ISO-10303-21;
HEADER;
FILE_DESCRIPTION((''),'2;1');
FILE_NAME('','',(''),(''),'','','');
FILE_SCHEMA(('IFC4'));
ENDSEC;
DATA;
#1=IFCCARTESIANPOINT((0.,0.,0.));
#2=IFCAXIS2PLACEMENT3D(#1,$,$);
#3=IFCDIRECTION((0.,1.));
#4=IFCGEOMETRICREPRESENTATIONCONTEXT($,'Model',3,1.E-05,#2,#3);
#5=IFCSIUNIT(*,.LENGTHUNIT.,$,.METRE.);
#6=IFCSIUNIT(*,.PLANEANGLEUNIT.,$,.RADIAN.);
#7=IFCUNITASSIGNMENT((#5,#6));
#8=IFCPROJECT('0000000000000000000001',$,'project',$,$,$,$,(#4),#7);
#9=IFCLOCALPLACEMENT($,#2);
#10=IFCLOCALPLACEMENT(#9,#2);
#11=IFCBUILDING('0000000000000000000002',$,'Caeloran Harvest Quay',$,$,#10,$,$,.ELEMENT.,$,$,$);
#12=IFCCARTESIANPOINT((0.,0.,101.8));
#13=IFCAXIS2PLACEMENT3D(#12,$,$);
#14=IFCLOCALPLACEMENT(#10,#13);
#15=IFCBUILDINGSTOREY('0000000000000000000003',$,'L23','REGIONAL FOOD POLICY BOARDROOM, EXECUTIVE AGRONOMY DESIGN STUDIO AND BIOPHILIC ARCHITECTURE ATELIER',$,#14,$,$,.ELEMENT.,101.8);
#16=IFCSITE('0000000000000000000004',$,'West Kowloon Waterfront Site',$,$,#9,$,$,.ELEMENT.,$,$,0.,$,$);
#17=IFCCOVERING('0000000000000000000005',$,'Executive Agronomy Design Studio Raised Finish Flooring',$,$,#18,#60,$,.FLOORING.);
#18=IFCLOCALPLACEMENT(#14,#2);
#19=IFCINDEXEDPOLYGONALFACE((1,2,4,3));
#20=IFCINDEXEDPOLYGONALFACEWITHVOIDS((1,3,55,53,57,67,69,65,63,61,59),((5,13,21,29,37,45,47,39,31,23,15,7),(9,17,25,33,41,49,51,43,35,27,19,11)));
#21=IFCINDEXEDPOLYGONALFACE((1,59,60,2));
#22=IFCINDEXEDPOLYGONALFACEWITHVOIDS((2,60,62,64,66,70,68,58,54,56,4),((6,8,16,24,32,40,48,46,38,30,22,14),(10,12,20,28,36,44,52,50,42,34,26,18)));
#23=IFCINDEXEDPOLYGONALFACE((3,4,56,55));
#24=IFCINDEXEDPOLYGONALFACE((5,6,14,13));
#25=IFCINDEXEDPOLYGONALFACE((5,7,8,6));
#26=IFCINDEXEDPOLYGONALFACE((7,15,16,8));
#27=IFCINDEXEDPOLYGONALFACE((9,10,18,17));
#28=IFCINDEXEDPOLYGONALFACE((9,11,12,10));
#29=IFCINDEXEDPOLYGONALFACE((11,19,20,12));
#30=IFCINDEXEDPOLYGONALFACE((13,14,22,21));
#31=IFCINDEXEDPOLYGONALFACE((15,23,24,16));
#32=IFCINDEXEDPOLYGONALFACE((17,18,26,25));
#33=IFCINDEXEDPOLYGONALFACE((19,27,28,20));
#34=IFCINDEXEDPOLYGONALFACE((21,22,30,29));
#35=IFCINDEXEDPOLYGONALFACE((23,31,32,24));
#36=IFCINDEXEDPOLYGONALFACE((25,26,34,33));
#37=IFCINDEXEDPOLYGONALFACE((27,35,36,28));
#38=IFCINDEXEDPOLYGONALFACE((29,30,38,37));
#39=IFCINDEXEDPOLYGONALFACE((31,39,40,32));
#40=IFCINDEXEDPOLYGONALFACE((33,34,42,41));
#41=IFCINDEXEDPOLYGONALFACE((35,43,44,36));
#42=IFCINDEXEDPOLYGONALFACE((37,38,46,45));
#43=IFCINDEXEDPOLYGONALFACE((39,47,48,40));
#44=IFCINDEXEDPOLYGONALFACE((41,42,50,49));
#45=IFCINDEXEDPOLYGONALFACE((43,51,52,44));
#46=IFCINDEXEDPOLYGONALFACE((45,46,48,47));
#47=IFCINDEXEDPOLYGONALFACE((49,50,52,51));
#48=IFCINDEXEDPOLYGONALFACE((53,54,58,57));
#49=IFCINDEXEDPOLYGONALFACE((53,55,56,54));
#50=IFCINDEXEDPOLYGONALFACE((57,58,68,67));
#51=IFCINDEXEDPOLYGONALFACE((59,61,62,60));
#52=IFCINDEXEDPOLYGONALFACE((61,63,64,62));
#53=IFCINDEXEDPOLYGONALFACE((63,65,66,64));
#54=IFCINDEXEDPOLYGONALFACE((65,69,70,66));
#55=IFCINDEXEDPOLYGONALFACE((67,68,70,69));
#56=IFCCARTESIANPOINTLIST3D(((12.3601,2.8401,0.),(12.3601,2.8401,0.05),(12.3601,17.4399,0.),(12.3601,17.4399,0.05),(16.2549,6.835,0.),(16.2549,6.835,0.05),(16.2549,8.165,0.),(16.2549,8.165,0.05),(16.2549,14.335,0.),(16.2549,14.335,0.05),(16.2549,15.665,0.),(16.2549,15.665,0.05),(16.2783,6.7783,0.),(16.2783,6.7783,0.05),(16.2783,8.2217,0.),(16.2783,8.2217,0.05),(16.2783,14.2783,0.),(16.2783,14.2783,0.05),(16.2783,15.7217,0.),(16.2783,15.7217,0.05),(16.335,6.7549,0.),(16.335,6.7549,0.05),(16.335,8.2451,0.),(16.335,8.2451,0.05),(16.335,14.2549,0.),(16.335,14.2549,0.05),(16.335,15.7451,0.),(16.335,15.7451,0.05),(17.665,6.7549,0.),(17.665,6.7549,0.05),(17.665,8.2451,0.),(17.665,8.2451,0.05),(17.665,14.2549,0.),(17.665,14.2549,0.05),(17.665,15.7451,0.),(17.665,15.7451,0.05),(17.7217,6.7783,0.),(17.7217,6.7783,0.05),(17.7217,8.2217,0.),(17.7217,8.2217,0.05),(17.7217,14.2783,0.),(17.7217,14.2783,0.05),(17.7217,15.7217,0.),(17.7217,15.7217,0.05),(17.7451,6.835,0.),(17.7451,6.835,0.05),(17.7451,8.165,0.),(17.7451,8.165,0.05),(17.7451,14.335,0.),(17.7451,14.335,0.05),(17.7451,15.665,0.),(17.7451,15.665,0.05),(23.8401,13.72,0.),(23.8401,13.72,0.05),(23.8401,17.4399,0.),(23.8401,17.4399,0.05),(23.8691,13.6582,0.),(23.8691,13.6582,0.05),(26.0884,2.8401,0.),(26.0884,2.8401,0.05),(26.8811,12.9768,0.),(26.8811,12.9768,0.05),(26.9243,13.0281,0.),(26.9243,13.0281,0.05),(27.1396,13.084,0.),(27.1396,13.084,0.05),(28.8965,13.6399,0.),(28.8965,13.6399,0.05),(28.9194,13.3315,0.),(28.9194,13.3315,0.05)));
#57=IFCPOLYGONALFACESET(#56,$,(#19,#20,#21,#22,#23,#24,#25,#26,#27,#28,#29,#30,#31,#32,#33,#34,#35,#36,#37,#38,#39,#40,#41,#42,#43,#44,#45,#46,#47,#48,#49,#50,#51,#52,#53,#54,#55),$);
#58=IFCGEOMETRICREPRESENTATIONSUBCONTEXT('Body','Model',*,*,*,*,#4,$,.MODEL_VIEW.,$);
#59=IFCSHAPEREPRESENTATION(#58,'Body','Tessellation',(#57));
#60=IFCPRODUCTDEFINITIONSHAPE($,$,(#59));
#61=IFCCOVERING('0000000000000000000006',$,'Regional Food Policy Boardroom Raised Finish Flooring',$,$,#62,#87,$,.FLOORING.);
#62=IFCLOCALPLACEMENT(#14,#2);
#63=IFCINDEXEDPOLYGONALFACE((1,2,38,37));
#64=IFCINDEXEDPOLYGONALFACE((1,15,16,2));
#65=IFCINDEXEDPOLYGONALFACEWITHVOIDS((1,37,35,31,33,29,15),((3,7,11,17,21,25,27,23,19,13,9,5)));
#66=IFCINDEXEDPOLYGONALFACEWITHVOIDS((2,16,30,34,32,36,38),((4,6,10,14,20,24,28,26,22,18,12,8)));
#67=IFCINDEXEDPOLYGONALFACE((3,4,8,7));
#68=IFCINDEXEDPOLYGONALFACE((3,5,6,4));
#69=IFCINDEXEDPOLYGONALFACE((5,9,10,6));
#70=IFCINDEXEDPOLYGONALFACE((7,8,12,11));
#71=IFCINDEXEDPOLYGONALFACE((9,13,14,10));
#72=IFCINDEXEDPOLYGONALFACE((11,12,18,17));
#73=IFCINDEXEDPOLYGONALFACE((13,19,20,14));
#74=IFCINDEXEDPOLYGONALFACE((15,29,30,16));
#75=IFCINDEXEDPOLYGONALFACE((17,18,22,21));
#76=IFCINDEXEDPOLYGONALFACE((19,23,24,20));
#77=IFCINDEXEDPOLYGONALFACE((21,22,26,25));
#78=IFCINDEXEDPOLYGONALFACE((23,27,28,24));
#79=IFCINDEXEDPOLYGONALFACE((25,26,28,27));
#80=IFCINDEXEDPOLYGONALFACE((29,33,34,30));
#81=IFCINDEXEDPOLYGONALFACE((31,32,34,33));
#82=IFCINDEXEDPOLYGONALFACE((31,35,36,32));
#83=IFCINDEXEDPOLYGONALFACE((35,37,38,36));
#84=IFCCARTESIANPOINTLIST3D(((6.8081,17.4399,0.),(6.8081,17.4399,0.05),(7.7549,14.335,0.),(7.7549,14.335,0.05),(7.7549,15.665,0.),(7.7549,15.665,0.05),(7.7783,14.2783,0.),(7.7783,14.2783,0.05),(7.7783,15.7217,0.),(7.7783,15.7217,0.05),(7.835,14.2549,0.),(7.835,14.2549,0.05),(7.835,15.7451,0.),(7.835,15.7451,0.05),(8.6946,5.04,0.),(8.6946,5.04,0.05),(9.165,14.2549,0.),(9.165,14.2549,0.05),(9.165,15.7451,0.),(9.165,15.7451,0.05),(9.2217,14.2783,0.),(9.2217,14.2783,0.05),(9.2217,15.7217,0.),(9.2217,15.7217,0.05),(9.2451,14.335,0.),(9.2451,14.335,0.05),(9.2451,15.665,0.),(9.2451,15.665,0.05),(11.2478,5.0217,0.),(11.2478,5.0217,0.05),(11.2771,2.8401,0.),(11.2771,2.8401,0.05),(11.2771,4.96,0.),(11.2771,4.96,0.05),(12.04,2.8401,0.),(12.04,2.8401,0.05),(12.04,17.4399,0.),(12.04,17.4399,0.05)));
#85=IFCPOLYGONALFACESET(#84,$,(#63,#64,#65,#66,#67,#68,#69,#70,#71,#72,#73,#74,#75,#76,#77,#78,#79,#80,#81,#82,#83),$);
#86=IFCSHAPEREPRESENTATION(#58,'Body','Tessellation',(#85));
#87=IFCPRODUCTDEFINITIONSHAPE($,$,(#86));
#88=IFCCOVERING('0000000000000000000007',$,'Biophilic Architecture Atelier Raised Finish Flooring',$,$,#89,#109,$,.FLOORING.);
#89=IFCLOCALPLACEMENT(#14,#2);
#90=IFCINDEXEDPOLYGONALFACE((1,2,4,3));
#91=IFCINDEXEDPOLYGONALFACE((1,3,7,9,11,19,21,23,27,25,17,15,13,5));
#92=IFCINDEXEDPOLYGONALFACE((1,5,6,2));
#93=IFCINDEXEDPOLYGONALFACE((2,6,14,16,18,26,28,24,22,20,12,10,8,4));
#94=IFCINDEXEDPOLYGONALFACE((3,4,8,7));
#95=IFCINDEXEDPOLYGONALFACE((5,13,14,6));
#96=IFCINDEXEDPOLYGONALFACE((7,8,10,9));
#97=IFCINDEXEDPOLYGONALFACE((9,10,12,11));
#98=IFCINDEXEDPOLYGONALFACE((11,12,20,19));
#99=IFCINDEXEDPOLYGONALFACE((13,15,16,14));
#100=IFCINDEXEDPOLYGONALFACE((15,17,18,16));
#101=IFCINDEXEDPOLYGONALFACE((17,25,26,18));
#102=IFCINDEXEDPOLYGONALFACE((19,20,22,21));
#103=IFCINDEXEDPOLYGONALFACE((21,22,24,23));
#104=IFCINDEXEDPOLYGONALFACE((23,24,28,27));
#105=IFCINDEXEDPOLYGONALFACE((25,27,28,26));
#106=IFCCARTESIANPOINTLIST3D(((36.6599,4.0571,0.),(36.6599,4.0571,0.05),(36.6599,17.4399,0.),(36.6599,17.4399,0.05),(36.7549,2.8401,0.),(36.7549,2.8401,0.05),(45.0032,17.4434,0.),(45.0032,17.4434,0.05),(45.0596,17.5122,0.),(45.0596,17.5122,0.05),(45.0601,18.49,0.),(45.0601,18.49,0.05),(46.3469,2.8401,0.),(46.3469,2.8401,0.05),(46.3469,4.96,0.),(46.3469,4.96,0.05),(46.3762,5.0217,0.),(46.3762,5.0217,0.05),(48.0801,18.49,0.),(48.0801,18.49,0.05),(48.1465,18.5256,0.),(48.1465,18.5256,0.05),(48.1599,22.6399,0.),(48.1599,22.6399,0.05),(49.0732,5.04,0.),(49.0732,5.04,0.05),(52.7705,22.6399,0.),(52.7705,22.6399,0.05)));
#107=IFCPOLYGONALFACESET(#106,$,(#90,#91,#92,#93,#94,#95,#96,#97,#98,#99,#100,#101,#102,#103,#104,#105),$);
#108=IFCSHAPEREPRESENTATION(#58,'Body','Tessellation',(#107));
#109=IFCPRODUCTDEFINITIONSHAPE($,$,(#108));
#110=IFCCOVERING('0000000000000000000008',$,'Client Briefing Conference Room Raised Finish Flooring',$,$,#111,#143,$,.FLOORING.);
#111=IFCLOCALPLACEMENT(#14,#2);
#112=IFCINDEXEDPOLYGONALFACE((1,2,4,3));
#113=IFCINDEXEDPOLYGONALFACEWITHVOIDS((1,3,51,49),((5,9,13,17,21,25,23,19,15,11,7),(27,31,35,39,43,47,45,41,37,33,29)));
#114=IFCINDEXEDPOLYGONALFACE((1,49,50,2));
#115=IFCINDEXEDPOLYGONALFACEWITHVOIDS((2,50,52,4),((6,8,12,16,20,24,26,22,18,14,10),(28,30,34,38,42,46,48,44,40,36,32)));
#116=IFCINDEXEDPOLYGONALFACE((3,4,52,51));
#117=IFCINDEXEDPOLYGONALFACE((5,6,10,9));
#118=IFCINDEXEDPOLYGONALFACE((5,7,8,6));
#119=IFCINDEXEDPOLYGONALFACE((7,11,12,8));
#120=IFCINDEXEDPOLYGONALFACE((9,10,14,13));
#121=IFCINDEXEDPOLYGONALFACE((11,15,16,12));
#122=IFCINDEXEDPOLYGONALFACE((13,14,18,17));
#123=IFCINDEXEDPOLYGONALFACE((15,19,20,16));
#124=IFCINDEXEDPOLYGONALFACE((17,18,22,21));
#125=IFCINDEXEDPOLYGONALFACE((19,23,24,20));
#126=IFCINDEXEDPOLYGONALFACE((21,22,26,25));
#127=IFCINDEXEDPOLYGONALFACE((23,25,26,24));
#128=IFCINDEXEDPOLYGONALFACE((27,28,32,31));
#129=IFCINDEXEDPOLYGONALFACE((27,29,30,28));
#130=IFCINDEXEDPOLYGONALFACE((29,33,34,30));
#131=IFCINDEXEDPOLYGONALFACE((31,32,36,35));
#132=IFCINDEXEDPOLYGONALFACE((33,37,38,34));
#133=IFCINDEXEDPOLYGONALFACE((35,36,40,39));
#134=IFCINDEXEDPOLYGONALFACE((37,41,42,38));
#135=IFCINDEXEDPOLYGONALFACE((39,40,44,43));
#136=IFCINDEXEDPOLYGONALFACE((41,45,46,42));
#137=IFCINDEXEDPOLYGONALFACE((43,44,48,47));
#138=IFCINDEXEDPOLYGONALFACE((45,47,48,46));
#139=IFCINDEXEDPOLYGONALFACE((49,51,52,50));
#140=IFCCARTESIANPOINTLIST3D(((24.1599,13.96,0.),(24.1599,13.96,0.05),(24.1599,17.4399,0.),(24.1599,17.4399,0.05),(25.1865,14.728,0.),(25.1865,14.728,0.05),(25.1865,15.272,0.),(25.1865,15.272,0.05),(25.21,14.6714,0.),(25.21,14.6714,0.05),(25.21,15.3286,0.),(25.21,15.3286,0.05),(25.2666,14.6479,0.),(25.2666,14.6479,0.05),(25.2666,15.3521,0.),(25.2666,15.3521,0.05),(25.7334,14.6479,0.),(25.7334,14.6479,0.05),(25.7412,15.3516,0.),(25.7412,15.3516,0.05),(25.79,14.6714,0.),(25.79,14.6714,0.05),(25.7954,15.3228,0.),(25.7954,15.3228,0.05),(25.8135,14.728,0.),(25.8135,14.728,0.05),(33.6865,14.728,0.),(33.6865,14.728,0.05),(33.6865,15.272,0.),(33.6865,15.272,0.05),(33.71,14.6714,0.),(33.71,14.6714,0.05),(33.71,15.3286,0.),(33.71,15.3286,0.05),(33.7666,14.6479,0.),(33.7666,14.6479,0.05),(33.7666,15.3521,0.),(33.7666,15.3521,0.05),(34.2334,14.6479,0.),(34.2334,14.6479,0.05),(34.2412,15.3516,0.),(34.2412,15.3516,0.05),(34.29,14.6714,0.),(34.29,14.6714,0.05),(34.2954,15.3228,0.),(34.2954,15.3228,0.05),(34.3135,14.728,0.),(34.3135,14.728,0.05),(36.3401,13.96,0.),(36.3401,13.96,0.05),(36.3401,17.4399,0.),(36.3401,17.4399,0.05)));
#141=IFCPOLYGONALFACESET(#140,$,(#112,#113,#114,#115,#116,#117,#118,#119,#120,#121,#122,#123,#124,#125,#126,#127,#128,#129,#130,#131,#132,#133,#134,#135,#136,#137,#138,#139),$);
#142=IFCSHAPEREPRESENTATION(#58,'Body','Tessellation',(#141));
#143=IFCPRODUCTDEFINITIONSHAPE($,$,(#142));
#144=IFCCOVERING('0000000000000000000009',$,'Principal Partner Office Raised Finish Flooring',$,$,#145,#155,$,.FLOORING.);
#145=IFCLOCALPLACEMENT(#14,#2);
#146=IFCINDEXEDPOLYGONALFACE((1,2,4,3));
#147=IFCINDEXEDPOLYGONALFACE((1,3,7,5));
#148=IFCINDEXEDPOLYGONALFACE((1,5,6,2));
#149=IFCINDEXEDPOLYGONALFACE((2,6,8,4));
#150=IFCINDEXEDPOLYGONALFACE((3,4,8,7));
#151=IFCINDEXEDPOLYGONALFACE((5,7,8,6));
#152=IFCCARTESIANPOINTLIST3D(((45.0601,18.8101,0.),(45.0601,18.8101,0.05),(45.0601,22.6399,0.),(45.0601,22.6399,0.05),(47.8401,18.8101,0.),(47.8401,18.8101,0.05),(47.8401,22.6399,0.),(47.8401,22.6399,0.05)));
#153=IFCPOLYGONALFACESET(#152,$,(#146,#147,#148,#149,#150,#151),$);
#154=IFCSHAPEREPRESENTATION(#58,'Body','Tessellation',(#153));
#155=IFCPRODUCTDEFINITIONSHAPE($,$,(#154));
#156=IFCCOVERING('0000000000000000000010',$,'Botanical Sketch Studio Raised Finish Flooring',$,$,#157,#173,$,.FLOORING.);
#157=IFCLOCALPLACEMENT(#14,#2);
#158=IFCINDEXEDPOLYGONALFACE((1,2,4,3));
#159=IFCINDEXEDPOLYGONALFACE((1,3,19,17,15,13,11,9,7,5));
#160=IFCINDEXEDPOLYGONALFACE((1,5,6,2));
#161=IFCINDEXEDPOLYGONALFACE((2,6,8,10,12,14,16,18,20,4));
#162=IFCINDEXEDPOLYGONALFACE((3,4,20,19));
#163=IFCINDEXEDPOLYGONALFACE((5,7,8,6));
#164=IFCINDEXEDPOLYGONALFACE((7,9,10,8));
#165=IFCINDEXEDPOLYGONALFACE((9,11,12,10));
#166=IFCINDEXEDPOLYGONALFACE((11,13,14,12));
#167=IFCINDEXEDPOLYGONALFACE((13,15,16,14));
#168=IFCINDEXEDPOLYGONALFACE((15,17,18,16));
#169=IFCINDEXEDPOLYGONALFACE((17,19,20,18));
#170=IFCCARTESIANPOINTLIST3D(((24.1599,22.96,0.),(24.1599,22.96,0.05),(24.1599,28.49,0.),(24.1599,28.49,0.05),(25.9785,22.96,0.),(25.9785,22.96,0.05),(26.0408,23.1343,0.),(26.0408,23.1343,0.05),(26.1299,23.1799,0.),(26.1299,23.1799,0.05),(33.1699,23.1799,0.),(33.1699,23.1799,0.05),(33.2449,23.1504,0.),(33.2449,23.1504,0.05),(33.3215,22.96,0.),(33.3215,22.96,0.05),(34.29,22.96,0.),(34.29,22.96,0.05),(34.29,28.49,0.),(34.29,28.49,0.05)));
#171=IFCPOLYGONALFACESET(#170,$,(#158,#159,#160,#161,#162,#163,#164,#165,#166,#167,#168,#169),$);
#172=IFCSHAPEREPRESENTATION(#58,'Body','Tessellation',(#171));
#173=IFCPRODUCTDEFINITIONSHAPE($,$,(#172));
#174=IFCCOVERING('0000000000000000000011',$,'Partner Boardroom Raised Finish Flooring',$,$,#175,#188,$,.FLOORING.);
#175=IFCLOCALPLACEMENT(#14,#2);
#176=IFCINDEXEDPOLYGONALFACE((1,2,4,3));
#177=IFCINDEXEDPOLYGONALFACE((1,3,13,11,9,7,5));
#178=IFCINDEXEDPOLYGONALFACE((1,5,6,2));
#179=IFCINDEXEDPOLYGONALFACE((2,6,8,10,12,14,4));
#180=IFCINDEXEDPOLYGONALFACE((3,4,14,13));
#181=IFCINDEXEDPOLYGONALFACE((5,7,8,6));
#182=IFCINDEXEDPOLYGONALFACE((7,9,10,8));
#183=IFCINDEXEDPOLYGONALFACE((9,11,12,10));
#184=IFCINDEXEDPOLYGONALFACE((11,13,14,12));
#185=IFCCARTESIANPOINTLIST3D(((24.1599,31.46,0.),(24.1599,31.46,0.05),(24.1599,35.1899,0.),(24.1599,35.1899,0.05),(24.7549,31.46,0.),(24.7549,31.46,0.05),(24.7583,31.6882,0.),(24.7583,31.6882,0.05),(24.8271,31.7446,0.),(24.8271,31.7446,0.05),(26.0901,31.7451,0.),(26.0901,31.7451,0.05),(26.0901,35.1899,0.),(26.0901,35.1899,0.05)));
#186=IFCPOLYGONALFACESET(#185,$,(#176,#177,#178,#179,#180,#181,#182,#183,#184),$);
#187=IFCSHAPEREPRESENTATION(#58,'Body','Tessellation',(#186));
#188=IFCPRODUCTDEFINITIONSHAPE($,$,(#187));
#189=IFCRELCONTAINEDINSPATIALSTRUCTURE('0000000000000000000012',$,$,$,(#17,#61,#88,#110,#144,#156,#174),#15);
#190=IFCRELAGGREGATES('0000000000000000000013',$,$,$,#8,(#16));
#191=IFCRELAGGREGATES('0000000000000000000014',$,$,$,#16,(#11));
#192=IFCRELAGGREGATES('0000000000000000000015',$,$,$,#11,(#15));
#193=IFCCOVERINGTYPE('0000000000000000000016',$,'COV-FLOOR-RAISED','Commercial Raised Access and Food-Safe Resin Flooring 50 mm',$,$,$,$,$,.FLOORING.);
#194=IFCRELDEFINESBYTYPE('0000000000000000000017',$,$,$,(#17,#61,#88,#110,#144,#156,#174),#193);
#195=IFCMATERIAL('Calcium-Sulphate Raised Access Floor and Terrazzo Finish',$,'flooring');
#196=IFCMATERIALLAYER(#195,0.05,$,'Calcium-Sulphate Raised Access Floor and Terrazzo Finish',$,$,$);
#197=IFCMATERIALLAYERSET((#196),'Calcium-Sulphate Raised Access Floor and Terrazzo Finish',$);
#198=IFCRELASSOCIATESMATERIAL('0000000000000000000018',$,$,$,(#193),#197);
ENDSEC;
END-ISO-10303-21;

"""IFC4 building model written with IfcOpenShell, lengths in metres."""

from ifc_helpers import new_model, si_unit, direction, frame, origin, place, context, subcontext, project, spatial, polyline, outline, extrude, material, layer, layer_set, type_object, element, save


model = new_model("IFC4")

# Units and contexts
model_context = context("Model", 3, precision=1e-05, world=origin(), true_north=direction((0.0, 1.0)))
body_context = subcontext(model_context, "Body", "Model", "MODEL_VIEW")
ifc_project = project(units=[si_unit("LENGTHUNIT", "METRE"), si_unit("PLANEANGLEUNIT", "RADIAN")], contexts=[model_context])

# Site, building, storey
site_placement = place(None, origin())
site = spatial("IfcSite", under=ifc_project, at=site_placement, Name="West Kowloon Waterfront Site", CompositionType="ELEMENT", RefElevation=0.0)
building_placement = place(site_placement, origin())
building = spatial("IfcBuilding", under=site, at=building_placement, Name="Caeloran Harvest Quay", CompositionType="ELEMENT")
storey_placement = place(building_placement, frame((0.0, 0.0, 101.8)))
storey = spatial("IfcBuildingStorey", under=building, at=storey_placement, Name="L23", Description="REGIONAL FOOD POLICY BOARDROOM, EXECUTIVE AGRONOMY DESIGN STUDIO AND BIOPHILIC ARCHITECTURE ATELIER", CompositionType="ELEMENT", Elevation=101.8)

# Coverings
ifc_material_1 = material(Name="Calcium-Sulphate Raised Access Floor and Terrazzo Finish", Category="flooring")
ifc_layer_1 = layer(ifc_material_1, 0.05, Name="Calcium-Sulphate Raised Access Floor and Terrazzo Finish")
ifc_layer_set_1 = layer_set([ifc_layer_1], Name="Calcium-Sulphate Raised Access Floor and Terrazzo Finish")
covering_type_1 = type_object("IfcCoveringType", Name="COV-FLOOR-RAISED", Description="Commercial Raised Access and Food-Safe Resin Flooring 50 mm", PredefinedType="FLOORING", material=ifc_layer_set_1)
covering_1_placement = place(storey_placement, origin())
element("IfcCovering", 1, at=covering_1_placement, inside=storey, type_object=covering_type_1, Name="Executive Agronomy Design Studio Raised Finish Flooring", PredefinedType="FLOORING", context=body_context, shape_type="SweptSolid", body=[
    extrude(outline(polyline([(23.8401, 17.4399), (23.8401, 13.72), (23.8691, 13.6582), (28.8965, 13.6399), (28.9194, 13.3315), (27.1396, 13.084), (26.9243, 13.0281), (26.8811, 12.9768), (26.0884, 2.8401), (12.3601, 2.8401), (12.3601, 17.4399), (23.8401, 17.4399)]), holes=[polyline([(16.335, 8.2451), (16.2783, 8.2217), (16.2549, 8.165), (16.2549, 6.835), (16.2783, 6.7783), (16.335, 6.7549), (17.665, 6.7549), (17.7217, 6.7783), (17.7451, 6.835), (17.7451, 8.165), (17.7217, 8.2217), (17.665, 8.2451), (16.335, 8.2451)]), polyline([(16.335, 15.7451), (16.2783, 15.7217), (16.2549, 15.665), (16.2549, 14.335), (16.2783, 14.2783), (16.335, 14.2549), (17.665, 14.2549), (17.7217, 14.2783), (17.7451, 14.335), (17.7451, 15.665), (17.7217, 15.7217), (17.665, 15.7451), (16.335, 15.7451)])]), origin(), (0.0, 0.0, 1.0), 0.05),
])
covering_2_placement = place(storey_placement, origin())
element("IfcCovering", 2, at=covering_2_placement, inside=storey, type_object=covering_type_1, Name="Regional Food Policy Boardroom Raised Finish Flooring", PredefinedType="FLOORING", context=body_context, shape_type="SweptSolid", body=[
    extrude(outline(polyline([(12.04, 17.4399), (12.04, 2.8401), (11.2771, 2.8401), (11.2771, 4.96), (11.2478, 5.0217), (8.6946, 5.04), (6.8081, 17.4399), (12.04, 17.4399)]), holes=[polyline([(7.835, 15.7451), (7.7783, 15.7217), (7.7549, 15.665), (7.7549, 14.335), (7.7783, 14.2783), (7.835, 14.2549), (9.165, 14.2549), (9.2217, 14.2783), (9.2451, 14.335), (9.2451, 15.665), (9.2217, 15.7217), (9.165, 15.7451), (7.835, 15.7451)])]), origin(), (0.0, 0.0, 1.0), 0.05),
])
covering_3_placement = place(storey_placement, origin())
element("IfcCovering", 3, at=covering_3_placement, inside=storey, type_object=covering_type_1, Name="Biophilic Architecture Atelier Raised Finish Flooring", PredefinedType="FLOORING", context=body_context, shape_type="SweptSolid", body=[
    extrude(outline(polyline([(36.6599, 17.4399), (45.0032, 17.4434), (45.0596, 17.5122), (45.0601, 18.49), (48.0801, 18.49), (48.1465, 18.5256), (48.1599, 22.6399), (52.7705, 22.6399), (49.0732, 5.04), (46.3762, 5.0217), (46.3469, 4.96), (46.3469, 2.8401), (36.7549, 2.8401), (36.6599, 4.0571), (36.6599, 17.4399)])), origin(), (0.0, 0.0, 1.0), 0.05),
])
covering_4_placement = place(storey_placement, origin())
element("IfcCovering", 4, at=covering_4_placement, inside=storey, type_object=covering_type_1, Name="Client Briefing Conference Room Raised Finish Flooring", PredefinedType="FLOORING", context=body_context, shape_type="SweptSolid", body=[
    extrude(outline(polyline([(24.1599, 17.4399), (36.3401, 17.4399), (36.3401, 13.96), (24.1599, 13.96), (24.1599, 17.4399)]), holes=[polyline([(34.3135, 14.728), (34.2954, 15.3228), (34.2412, 15.3516), (33.7666, 15.3521), (33.71, 15.3286), (33.6865, 15.272), (33.6865, 14.728), (33.71, 14.6714), (33.7666, 14.6479), (34.2334, 14.6479), (34.29, 14.6714), (34.3135, 14.728)]), polyline([(25.8135, 14.728), (25.7954, 15.3228), (25.7412, 15.3516), (25.2666, 15.3521), (25.21, 15.3286), (25.1865, 15.272), (25.1865, 14.728), (25.21, 14.6714), (25.2666, 14.6479), (25.7334, 14.6479), (25.79, 14.6714), (25.8135, 14.728)])]), origin(), (0.0, 0.0, 1.0), 0.05),
])
covering_5_placement = place(storey_placement, origin())
element("IfcCovering", 5, at=covering_5_placement, inside=storey, type_object=covering_type_1, Name="Principal Partner Office Raised Finish Flooring", PredefinedType="FLOORING", context=body_context, shape_type="SweptSolid", body=[
    extrude(outline(polyline([(45.0601, 18.8101), (45.0601, 22.6399), (47.8401, 22.6399), (47.8401, 18.8101), (45.0601, 18.8101)])), origin(), (0.0, 0.0, 1.0), 0.05),
])
covering_6_placement = place(storey_placement, origin())
element("IfcCovering", 6, at=covering_6_placement, inside=storey, type_object=covering_type_1, Name="Botanical Sketch Studio Raised Finish Flooring", PredefinedType="FLOORING", context=body_context, shape_type="SweptSolid", body=[
    extrude(outline(polyline([(33.3215, 22.96), (33.2449, 23.1504), (33.1699, 23.1799), (26.1299, 23.1799), (26.0408, 23.1343), (25.9785, 22.96), (24.1599, 22.96), (24.1599, 28.49), (34.29, 28.49), (34.29, 22.96), (33.3215, 22.96)])), origin(), (0.0, 0.0, 1.0), 0.05),
])
covering_7_placement = place(storey_placement, origin())
element("IfcCovering", 7, at=covering_7_placement, inside=storey, type_object=covering_type_1, Name="Partner Boardroom Raised Finish Flooring", PredefinedType="FLOORING", context=body_context, shape_type="SweptSolid", body=[
    extrude(outline(polyline([(24.1599, 35.1899), (26.0901, 35.1899), (26.0901, 31.7451), (24.8271, 31.7446), (24.7583, 31.6882), (24.7549, 31.46), (24.1599, 31.46), (24.1599, 35.1899)])), origin(), (0.0, 0.0, 1.0), 0.05),
])

save(model, "model.ifc")
